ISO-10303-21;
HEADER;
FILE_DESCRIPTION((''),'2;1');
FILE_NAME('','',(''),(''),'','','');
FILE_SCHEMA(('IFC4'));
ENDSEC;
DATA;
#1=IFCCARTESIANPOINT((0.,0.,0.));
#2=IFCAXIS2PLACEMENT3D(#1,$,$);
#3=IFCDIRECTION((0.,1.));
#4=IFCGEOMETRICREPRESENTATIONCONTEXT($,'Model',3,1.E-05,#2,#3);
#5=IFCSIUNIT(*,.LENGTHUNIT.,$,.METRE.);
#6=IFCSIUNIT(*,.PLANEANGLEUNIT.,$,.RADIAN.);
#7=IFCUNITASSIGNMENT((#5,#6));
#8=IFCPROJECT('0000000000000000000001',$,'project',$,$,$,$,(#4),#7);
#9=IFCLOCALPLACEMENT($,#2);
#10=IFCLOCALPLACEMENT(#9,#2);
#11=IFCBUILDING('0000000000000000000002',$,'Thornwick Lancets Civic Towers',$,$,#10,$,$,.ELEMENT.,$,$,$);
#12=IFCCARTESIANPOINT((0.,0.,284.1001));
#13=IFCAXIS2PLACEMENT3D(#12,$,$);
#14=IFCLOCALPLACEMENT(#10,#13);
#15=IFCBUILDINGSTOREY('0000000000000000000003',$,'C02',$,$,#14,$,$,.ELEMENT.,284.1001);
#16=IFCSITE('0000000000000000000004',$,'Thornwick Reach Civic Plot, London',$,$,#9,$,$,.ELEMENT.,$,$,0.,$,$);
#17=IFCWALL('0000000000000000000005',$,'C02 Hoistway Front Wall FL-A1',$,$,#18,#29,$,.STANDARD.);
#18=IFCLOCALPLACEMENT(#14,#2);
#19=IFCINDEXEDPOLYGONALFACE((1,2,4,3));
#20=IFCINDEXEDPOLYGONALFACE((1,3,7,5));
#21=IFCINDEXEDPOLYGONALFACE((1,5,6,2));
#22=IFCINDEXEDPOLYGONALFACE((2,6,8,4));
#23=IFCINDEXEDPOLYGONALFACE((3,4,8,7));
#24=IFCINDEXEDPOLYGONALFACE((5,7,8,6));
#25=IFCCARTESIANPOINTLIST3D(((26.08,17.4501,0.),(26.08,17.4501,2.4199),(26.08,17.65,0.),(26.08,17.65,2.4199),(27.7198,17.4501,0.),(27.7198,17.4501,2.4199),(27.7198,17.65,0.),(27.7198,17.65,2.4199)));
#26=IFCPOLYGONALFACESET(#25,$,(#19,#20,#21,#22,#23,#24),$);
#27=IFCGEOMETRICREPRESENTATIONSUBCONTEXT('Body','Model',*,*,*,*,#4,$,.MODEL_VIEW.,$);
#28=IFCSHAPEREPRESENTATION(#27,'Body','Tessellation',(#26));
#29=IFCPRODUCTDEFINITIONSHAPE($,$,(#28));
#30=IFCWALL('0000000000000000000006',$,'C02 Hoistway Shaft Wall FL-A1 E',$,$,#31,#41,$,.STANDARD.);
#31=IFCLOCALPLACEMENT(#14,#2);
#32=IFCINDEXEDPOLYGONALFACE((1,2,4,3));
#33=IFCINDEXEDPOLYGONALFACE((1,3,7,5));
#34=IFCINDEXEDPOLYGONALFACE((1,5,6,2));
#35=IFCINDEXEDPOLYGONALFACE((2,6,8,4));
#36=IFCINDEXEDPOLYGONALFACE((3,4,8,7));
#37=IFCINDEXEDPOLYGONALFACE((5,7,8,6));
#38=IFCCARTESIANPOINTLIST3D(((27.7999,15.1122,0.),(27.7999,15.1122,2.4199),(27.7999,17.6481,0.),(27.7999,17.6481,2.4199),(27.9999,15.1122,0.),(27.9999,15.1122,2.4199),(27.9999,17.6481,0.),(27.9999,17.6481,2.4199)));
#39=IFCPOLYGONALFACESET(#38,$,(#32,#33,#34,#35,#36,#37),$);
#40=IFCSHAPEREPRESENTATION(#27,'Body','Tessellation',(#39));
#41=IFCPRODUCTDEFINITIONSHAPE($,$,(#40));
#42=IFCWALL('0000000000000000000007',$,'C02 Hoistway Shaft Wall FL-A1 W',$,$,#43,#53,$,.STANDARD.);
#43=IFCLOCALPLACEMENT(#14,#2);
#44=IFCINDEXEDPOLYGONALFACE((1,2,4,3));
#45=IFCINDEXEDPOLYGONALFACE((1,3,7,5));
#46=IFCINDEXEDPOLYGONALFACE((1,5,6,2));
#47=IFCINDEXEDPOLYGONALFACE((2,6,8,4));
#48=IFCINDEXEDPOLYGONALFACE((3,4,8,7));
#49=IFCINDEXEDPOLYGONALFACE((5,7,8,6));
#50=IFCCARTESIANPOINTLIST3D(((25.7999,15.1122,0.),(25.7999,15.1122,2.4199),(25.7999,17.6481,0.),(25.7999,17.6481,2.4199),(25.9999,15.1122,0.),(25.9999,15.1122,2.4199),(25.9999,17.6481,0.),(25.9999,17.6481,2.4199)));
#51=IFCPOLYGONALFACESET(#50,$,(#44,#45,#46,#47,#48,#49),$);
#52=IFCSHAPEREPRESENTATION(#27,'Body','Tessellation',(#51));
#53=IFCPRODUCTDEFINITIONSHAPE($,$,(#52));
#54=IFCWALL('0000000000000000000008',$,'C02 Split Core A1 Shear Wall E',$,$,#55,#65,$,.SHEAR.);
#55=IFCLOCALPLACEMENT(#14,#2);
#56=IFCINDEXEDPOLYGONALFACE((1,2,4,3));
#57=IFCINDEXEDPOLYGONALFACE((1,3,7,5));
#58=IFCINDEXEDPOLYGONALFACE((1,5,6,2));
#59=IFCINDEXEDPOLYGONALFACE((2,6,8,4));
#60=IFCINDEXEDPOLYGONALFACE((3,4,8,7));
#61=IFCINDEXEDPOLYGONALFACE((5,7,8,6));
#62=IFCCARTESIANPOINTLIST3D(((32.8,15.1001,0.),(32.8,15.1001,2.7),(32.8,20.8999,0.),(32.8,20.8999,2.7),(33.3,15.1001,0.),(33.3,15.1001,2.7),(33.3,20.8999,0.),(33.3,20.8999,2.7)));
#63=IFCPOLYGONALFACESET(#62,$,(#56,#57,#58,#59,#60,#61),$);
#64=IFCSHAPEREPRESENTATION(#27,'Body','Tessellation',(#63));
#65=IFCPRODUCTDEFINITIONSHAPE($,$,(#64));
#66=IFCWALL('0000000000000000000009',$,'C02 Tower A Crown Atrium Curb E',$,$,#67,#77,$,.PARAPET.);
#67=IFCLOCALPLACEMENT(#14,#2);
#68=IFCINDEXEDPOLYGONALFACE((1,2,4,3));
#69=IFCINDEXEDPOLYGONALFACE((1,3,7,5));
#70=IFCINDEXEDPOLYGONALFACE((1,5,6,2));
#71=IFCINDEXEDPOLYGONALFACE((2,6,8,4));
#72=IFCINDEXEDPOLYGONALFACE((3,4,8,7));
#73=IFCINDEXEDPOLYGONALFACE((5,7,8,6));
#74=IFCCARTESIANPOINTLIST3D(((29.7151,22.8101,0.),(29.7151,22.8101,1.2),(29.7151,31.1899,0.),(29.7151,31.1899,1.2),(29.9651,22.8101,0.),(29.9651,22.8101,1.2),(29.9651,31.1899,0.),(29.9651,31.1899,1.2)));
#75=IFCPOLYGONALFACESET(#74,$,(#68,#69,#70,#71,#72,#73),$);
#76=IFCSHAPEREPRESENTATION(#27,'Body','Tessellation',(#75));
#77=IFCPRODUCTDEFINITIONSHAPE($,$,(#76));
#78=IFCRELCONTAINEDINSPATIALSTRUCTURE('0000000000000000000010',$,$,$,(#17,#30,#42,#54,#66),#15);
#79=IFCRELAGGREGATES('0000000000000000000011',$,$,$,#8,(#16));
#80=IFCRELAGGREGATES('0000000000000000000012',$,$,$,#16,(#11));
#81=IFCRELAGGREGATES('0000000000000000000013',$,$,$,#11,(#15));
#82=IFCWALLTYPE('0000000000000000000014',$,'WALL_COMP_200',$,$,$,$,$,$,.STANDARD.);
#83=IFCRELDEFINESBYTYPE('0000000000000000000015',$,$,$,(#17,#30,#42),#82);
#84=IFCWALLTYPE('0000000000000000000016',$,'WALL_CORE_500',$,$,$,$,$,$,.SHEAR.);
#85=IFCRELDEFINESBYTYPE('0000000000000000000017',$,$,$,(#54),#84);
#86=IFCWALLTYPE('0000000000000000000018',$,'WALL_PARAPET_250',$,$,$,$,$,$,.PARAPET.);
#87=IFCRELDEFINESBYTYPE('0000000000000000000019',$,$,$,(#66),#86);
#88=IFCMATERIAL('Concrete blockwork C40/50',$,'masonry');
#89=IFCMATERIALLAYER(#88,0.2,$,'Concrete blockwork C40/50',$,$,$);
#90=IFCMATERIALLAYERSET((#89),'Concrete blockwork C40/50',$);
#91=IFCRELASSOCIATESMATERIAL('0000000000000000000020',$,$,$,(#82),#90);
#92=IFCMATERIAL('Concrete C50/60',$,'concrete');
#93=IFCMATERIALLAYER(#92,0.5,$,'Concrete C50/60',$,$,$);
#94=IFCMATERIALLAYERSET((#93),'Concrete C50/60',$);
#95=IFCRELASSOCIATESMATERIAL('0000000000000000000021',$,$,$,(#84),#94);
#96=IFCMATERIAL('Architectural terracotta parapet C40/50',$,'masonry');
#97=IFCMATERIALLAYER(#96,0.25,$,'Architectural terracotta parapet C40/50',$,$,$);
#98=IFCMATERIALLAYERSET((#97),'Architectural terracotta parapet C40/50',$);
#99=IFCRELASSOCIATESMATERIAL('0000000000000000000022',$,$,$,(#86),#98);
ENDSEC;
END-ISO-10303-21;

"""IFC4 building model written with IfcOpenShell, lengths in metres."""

from ifc_helpers import new_model, si_unit, direction, frame, frame_2d, origin, place, context, subcontext, project, spatial, rectangle, extrude, material, layer, layer_set, type_object, element, save


model = new_model("IFC4")

# Units and contexts
model_context = context("Model", 3, precision=1e-05, world=origin(), true_north=direction((0.0, 1.0)))
body_context = subcontext(model_context, "Body", "Model", "MODEL_VIEW")
ifc_project = project(units=[si_unit("LENGTHUNIT", "METRE"), si_unit("PLANEANGLEUNIT", "RADIAN")], contexts=[model_context])

# Site, building, storey
site_placement = place(None, origin())
site = spatial("IfcSite", under=ifc_project, at=site_placement, Name="Thornwick Reach Civic Plot, London", CompositionType="ELEMENT", RefElevation=0.0)
building_placement = place(site_placement, origin())
building = spatial("IfcBuilding", under=site, at=building_placement, Name="Thornwick Lancets Civic Towers", CompositionType="ELEMENT")
storey_placement = place(building_placement, frame((0.0, 0.0, 284.1001)))
storey = spatial("IfcBuildingStorey", under=building, at=storey_placement, Name="C02", CompositionType="ELEMENT", Elevation=284.1001)

# Walls
ifc_material_1 = material(Name="Concrete blockwork C40/50", Category="masonry")
ifc_layer_1 = layer(ifc_material_1, 0.2, Name="Concrete blockwork C40/50")
ifc_layer_set_1 = layer_set([ifc_layer_1], Name="Concrete blockwork C40/50")
wall_type_1 = type_object("IfcWallType", Name="WALL_COMP_200", PredefinedType="STANDARD", material=ifc_layer_set_1)
wall_1_placement = place(storey_placement, frame((26.0801, 17.55, 0.0), z_axis=(0.0, 0.0, 1.0), x_axis=(1.0, 0.0, 0.0)))
element("IfcWall", 1, at=wall_1_placement, inside=storey, type_object=wall_type_1, Name="C02 Hoistway Front Wall FL-A1", PredefinedType="STANDARD", context=body_context, shape_type="SweptSolid", body=[
    extrude(rectangle(XDim=1.6399, YDim=0.2, at=frame_2d((0.8198, 0.0))), origin(), (0.0, 0.0, 1.0), 2.4199),
])
for number, where, z_axis, x_axis, name in (
    (2, (27.8999, 15.1121, 0.0), (0.0, 0.0, 1.0), (0.0, 1.0, 0.0), "C02 Hoistway Shaft Wall FL-A1 E"),
    (3, (25.8999, 15.1121, 0.0), (0.0, 0.0, 1.0), (0.0, 1.0, 0.0), "C02 Hoistway Shaft Wall FL-A1 W"),
):
    element("IfcWall", number, at=place(storey_placement, frame(where, z_axis=z_axis, x_axis=x_axis)), inside=storey, type_object=wall_type_1, Name=name, PredefinedType="STANDARD", context=body_context, shape_type="SweptSolid", body=[
        extrude(rectangle(XDim=2.5359, YDim=0.2, at=frame_2d((1.2681, 0.0))), origin(), (0.0, 0.0, 1.0), 2.4199),
    ])
ifc_material_2 = material(Name="Concrete C50/60", Category="concrete")
ifc_layer_2 = layer(ifc_material_2, 0.5, Name="Concrete C50/60")
ifc_layer_set_2 = layer_set([ifc_layer_2], Name="Concrete C50/60")
wall_type_2 = type_object("IfcWallType", Name="WALL_CORE_500", PredefinedType="SHEAR", material=ifc_layer_set_2)
wall_2_placement = place(storey_placement, frame((33.05, 15.1001, 0.0), z_axis=(0.0, 0.0, 1.0), x_axis=(0.0, 1.0, 0.0)))
element("IfcWall", 4, at=wall_2_placement, inside=storey, type_object=wall_type_2, Name="C02 Split Core A1 Shear Wall E", PredefinedType="SHEAR", context=body_context, shape_type="SweptSolid", body=[
    extrude(rectangle(XDim=5.7998, YDim=0.5, at=frame_2d((2.8999, 0.0))), origin(), (0.0, 0.0, 1.0), 2.7),
])
ifc_material_3 = material(Name="Architectural terracotta parapet C40/50", Category="masonry")
ifc_layer_3 = layer(ifc_material_3, 0.25, Name="Architectural terracotta parapet C40/50")
ifc_layer_set_3 = layer_set([ifc_layer_3], Name="Architectural terracotta parapet C40/50")
wall_type_3 = type_object("IfcWallType", Name="WALL_PARAPET_250", PredefinedType="PARAPET", material=ifc_layer_set_3)
wall_3_placement = place(storey_placement, frame((29.8401, 22.8101, 0.0), z_axis=(0.0, 0.0, 1.0), x_axis=(0.0, 1.0, 0.0)))
element("IfcWall", 5, at=wall_3_placement, inside=storey, type_object=wall_type_3, Name="C02 Tower A Crown Atrium Curb E", PredefinedType="PARAPET", context=body_context, shape_type="SweptSolid", body=[
    extrude(rectangle(XDim=8.3799, YDim=0.25, at=frame_2d((4.1899, 0.0))), origin(), (0.0, 0.0, 1.0), 1.2),
])

save(model, "model.ifc")
